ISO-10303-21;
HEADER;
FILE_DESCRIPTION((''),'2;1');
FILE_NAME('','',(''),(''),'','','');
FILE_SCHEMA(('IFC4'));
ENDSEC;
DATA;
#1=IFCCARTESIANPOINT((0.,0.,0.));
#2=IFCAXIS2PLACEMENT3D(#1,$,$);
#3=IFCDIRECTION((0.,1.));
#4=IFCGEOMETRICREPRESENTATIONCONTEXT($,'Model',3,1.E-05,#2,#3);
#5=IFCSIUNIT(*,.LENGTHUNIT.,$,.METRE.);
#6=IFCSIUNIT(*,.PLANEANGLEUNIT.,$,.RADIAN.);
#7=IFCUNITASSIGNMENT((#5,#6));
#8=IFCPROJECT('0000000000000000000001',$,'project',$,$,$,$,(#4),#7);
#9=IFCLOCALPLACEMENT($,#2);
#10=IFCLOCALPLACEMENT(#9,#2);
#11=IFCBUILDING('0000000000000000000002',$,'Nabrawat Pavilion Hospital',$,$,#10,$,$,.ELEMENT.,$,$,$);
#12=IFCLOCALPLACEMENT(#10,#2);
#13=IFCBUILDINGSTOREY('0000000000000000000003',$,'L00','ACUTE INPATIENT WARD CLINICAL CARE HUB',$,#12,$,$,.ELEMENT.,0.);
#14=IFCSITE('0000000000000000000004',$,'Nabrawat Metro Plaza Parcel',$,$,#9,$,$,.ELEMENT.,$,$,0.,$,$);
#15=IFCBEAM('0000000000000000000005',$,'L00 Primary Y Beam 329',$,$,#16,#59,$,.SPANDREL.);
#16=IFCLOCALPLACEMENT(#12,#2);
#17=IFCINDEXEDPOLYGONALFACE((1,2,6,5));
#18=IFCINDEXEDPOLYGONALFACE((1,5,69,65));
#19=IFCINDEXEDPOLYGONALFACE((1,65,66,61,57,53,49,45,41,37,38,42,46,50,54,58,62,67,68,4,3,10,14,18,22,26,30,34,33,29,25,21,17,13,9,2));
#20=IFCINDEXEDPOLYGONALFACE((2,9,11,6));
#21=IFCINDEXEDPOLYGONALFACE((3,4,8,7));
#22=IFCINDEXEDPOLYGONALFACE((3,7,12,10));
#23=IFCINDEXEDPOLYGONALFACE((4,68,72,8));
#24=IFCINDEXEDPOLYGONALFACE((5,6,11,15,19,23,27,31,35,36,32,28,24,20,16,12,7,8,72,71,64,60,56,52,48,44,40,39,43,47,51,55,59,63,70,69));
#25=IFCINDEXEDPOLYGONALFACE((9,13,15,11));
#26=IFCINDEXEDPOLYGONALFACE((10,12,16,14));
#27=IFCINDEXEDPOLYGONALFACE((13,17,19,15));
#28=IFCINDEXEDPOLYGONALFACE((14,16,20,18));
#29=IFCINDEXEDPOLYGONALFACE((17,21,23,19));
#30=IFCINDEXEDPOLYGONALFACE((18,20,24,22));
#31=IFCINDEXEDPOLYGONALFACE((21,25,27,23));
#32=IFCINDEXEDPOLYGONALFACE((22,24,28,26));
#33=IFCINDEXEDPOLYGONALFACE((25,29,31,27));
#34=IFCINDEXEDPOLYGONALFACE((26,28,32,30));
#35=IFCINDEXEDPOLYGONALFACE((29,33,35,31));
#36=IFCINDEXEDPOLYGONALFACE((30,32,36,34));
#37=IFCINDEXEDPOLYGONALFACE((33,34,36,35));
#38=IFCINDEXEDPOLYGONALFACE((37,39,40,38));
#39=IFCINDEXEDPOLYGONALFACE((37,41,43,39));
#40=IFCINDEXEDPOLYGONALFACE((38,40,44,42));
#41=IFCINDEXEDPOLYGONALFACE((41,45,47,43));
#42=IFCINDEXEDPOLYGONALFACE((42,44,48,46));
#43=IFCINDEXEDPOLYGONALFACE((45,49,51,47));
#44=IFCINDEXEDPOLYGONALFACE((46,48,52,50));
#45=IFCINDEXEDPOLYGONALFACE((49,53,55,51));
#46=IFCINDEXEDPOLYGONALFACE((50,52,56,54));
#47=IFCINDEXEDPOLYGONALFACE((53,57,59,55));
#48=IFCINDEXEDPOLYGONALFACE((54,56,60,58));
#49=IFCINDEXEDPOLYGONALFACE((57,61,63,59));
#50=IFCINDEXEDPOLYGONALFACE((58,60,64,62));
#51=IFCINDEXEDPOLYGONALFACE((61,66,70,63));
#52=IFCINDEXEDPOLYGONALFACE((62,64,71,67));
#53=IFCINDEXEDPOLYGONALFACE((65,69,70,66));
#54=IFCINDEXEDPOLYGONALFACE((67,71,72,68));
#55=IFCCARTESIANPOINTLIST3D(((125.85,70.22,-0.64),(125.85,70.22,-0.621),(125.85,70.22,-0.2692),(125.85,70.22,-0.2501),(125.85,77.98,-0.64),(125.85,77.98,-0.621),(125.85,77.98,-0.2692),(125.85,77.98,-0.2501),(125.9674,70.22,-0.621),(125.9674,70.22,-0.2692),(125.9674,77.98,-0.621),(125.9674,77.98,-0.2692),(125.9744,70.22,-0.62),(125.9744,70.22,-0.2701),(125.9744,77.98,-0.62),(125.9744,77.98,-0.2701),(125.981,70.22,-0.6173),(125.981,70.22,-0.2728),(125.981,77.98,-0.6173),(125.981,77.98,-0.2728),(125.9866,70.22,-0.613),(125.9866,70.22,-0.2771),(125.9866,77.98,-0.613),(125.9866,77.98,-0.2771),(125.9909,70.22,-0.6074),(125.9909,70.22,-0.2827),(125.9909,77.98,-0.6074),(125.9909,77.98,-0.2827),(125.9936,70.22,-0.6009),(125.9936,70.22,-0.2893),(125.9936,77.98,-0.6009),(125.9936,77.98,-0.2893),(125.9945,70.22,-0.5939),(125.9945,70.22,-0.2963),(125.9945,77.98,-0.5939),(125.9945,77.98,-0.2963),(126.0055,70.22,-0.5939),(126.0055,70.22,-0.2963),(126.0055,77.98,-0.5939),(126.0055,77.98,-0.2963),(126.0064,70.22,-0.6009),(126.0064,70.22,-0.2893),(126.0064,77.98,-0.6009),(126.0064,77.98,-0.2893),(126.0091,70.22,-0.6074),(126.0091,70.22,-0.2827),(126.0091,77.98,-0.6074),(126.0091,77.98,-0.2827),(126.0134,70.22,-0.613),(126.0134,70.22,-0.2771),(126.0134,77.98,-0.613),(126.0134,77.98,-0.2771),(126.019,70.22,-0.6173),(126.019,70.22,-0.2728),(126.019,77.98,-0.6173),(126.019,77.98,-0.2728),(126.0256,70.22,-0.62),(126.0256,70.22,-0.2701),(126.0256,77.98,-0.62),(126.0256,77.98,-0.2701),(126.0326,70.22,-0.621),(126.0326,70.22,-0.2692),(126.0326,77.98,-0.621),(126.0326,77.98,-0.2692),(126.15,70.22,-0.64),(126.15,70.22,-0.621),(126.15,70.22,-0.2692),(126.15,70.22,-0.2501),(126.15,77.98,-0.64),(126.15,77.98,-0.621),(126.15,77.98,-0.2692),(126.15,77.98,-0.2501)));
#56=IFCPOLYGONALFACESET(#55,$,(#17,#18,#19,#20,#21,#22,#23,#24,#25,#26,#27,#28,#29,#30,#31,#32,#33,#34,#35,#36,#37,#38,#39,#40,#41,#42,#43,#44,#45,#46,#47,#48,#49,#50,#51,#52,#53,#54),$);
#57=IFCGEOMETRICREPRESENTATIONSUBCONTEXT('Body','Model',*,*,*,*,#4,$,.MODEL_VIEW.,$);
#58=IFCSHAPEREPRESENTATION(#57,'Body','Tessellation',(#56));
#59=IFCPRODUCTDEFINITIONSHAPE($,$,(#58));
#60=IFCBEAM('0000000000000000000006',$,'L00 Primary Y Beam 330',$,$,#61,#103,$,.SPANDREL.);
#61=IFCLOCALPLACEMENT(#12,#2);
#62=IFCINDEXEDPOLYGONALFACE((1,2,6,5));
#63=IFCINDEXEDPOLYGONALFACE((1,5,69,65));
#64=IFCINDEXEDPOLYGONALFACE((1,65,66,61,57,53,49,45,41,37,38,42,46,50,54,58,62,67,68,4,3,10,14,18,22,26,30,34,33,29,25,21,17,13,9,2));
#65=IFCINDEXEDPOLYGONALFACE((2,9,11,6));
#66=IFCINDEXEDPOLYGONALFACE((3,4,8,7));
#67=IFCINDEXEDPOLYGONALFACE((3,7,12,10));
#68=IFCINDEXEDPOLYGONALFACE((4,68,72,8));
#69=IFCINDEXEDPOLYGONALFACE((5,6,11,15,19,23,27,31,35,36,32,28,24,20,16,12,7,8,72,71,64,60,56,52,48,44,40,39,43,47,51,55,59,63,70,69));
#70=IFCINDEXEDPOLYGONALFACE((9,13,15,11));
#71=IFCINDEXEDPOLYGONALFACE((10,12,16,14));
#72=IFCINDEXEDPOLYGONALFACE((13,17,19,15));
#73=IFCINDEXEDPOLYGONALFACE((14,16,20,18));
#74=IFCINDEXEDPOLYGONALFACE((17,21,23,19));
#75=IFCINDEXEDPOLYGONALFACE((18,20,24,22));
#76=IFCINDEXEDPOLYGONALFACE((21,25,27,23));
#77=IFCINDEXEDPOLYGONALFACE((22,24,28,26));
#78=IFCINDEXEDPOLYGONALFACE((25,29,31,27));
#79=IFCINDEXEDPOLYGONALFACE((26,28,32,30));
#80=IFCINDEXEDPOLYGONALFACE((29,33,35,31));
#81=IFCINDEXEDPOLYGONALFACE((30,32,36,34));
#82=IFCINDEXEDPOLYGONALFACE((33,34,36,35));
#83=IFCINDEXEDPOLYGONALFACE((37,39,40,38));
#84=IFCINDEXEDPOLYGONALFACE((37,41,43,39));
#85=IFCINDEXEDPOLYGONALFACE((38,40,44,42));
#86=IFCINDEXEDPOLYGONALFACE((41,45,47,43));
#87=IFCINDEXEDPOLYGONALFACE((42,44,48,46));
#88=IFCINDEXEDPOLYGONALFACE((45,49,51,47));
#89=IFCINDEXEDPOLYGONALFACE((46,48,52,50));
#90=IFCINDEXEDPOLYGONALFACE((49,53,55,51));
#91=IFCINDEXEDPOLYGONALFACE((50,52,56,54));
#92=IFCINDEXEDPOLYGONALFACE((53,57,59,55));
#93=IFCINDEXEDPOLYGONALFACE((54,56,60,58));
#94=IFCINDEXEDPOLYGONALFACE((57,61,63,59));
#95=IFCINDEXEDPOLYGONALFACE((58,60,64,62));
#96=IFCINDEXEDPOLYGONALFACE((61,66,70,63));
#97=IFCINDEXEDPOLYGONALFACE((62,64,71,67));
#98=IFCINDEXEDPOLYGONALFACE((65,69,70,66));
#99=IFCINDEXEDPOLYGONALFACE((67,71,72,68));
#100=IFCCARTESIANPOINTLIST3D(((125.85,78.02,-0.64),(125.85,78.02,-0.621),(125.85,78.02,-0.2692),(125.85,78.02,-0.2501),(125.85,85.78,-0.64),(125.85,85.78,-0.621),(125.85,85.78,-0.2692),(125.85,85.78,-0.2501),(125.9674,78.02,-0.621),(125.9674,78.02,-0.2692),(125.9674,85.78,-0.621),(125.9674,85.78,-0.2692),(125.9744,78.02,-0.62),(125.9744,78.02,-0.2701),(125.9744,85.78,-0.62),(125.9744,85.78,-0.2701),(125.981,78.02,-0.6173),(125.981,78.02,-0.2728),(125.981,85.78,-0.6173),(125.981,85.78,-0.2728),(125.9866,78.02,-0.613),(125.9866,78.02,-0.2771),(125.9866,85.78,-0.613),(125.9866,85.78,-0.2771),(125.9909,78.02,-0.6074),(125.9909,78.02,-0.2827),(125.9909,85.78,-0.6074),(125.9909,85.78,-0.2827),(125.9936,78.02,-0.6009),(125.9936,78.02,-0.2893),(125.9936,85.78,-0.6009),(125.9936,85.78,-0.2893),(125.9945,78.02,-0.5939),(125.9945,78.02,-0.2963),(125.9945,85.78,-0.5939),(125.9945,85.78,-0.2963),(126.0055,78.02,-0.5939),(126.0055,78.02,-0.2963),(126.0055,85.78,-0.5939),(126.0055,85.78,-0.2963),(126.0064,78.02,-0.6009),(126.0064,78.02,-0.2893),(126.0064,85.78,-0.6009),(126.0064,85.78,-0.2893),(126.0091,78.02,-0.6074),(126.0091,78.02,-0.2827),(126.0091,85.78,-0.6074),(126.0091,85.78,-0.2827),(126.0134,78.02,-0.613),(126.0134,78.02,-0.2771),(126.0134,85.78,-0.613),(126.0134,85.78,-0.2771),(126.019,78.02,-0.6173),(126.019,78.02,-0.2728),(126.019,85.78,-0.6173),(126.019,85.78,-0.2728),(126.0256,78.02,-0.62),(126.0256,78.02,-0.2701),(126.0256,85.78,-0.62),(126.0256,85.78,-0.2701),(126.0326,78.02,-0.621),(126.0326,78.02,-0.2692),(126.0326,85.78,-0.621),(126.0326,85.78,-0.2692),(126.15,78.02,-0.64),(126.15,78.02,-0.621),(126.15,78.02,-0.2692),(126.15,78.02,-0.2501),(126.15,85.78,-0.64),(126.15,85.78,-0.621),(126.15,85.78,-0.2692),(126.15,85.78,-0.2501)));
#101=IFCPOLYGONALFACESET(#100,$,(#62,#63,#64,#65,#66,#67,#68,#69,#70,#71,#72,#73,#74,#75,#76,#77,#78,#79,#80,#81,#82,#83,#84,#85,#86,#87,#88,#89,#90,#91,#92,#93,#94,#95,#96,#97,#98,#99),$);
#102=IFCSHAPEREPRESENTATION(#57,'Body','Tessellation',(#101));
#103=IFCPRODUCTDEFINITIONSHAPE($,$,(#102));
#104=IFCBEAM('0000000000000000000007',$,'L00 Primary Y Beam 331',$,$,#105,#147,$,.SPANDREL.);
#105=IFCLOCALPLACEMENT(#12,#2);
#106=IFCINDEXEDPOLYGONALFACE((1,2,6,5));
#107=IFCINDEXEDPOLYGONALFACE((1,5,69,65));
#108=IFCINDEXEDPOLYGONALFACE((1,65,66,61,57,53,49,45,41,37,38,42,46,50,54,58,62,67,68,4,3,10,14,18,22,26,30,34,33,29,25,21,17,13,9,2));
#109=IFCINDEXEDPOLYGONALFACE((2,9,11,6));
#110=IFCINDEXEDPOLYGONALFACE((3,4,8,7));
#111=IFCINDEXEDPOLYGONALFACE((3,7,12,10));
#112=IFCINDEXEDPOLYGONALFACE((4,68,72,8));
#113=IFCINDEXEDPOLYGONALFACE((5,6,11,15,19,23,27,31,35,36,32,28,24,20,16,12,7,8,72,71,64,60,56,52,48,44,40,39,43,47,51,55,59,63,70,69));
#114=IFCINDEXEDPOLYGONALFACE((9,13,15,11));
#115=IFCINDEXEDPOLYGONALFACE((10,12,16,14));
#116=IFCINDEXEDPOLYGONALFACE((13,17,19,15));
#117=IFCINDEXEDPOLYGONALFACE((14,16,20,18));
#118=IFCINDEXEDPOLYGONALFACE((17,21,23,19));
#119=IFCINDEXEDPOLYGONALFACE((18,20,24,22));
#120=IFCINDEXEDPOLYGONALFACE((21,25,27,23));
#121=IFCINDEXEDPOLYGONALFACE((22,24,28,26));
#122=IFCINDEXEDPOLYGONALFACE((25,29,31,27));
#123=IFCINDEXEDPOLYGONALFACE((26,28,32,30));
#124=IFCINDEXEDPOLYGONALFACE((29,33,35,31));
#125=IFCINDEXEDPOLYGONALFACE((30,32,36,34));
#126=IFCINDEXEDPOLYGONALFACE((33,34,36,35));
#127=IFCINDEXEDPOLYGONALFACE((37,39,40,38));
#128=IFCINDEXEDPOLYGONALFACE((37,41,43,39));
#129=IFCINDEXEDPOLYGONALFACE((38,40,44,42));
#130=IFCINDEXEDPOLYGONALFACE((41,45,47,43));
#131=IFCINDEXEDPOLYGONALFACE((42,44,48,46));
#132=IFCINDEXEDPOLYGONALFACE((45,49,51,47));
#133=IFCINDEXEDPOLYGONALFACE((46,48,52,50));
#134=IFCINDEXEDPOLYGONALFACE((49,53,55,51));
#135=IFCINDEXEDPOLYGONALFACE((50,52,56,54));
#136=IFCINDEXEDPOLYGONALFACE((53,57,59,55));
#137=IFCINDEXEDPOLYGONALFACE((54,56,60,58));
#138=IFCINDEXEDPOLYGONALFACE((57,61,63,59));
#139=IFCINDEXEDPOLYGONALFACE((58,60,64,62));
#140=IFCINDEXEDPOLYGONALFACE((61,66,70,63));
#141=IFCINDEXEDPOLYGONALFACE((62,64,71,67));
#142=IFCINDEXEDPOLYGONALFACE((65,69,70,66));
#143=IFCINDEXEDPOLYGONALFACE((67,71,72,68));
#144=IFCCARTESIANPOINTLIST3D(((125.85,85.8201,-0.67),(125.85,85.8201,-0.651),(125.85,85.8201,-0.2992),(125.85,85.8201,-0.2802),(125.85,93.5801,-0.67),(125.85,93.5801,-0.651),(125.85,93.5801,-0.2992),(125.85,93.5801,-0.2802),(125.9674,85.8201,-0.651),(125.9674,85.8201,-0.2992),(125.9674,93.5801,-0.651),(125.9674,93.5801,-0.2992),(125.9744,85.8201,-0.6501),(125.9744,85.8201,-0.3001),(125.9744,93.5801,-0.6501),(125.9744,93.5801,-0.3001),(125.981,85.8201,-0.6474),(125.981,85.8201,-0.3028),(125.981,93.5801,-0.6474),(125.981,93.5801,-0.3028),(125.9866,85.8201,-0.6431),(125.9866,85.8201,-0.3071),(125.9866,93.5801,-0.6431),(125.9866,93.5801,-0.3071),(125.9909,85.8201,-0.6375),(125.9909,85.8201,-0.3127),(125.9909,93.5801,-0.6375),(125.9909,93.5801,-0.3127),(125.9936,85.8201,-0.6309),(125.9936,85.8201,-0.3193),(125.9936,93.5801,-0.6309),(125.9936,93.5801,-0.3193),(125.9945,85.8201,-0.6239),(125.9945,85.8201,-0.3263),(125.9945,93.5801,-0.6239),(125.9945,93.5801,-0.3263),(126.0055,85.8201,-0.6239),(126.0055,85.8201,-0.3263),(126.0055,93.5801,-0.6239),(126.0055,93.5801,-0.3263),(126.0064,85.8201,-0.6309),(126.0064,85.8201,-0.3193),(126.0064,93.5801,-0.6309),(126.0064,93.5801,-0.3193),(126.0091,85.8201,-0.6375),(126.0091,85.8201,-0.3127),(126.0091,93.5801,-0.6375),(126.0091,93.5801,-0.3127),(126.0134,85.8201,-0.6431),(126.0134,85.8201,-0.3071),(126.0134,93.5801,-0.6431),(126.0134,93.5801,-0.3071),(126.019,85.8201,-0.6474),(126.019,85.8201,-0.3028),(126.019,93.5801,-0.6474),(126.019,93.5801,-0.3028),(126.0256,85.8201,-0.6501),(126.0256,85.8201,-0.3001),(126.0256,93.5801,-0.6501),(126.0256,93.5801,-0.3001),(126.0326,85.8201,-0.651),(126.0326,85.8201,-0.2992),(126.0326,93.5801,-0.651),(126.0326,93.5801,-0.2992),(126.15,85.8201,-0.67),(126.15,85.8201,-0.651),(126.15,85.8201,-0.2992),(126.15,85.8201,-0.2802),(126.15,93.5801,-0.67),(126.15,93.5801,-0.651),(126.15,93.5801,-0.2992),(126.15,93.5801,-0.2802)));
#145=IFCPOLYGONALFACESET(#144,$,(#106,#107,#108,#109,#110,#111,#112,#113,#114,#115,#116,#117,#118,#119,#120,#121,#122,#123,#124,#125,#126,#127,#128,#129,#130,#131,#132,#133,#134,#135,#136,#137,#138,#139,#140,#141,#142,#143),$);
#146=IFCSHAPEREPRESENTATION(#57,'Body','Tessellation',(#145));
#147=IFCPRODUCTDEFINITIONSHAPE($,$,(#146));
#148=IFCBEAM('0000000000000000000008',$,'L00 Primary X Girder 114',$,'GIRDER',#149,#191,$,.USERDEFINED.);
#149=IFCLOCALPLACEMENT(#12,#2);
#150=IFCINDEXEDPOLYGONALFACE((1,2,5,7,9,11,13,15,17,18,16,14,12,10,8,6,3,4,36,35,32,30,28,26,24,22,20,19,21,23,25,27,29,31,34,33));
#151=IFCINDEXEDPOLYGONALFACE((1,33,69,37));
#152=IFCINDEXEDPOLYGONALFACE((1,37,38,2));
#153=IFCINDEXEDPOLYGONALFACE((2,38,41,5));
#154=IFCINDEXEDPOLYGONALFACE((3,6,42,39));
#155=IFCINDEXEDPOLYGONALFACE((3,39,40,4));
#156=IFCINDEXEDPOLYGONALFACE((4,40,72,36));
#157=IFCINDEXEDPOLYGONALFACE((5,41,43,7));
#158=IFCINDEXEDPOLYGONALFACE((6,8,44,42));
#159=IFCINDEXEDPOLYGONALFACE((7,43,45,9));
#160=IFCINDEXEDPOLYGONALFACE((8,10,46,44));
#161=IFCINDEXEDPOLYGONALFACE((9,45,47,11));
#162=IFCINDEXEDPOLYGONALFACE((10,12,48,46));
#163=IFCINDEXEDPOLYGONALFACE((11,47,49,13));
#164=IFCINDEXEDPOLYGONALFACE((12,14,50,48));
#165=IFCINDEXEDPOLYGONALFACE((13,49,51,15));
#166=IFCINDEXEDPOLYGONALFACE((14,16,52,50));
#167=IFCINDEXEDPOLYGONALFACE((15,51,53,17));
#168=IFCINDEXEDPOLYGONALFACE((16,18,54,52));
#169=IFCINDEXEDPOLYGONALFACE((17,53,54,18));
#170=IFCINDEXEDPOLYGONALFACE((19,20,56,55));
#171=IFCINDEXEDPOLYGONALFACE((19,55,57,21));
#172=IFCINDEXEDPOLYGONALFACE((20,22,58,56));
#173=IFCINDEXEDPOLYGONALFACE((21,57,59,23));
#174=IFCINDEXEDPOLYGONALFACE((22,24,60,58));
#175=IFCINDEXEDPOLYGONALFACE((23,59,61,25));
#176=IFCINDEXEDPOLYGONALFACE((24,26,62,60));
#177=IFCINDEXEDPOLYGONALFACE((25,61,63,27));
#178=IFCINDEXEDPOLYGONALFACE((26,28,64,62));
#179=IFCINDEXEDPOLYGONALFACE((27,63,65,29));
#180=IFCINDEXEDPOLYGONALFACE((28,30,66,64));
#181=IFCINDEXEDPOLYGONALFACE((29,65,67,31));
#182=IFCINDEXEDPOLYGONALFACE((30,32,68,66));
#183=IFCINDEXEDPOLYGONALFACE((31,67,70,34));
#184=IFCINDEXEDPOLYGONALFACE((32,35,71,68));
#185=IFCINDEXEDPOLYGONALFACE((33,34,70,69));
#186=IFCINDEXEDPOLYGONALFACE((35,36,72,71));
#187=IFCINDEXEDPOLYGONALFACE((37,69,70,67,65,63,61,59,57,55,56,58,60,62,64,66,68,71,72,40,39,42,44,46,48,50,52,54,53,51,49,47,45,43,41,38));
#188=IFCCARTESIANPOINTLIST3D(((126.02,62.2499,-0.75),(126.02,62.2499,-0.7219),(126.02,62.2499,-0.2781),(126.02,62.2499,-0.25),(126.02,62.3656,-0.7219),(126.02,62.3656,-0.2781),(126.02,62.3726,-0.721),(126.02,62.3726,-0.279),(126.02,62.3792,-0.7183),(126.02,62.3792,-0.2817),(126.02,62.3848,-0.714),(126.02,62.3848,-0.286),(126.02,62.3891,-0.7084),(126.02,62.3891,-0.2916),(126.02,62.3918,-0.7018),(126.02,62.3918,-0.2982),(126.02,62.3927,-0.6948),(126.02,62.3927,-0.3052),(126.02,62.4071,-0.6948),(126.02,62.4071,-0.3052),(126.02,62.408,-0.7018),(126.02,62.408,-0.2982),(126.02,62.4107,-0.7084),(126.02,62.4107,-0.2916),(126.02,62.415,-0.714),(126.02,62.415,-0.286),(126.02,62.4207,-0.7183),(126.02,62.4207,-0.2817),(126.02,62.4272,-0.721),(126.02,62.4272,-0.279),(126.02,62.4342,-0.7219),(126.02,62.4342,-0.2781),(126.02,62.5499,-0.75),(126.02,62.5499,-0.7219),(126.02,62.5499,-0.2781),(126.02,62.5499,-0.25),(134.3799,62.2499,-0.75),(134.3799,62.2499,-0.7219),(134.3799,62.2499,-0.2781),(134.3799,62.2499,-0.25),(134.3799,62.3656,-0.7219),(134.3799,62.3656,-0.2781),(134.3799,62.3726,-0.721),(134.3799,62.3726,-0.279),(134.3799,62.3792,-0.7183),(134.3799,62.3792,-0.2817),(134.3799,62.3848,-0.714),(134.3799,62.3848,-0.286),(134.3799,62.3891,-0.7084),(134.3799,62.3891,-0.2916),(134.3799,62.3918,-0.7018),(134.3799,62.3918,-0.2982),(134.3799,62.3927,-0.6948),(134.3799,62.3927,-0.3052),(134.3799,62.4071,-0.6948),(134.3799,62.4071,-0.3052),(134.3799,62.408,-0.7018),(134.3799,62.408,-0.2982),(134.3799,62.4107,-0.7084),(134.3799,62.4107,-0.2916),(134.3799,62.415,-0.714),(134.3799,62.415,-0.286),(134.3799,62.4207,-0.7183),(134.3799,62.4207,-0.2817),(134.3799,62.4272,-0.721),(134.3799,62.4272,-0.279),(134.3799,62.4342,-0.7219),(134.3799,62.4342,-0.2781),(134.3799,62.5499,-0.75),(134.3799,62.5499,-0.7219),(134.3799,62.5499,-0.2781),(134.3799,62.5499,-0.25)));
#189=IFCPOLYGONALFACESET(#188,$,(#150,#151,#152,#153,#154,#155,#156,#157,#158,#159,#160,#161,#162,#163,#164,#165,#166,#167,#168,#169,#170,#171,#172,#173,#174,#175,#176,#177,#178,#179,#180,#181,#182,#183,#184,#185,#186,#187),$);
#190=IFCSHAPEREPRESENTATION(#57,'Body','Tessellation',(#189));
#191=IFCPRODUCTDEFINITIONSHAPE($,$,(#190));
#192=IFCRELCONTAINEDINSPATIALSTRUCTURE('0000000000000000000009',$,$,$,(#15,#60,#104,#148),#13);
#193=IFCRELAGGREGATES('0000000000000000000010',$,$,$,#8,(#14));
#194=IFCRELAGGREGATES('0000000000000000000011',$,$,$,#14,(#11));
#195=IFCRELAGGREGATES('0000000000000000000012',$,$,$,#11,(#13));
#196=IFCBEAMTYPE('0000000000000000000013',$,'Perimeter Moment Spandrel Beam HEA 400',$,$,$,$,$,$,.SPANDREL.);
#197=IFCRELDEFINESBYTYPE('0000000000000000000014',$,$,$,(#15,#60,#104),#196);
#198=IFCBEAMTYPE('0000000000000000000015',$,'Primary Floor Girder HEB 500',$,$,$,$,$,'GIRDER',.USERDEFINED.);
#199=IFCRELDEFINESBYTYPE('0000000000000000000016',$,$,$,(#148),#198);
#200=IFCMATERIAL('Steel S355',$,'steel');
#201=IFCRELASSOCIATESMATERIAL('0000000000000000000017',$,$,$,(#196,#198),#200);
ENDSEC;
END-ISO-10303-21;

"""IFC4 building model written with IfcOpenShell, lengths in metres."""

from ifc_helpers import new_model, si_unit, direction, frame, origin, origin_2d, place, context, subcontext, project, spatial, i_section, extrude, material, material_profile, profile_set, type_object, element, save


model = new_model("IFC4")

# Units and contexts
model_context = context("Model", 3, precision=1e-05, world=origin(), true_north=direction((0.0, 1.0)))
body_context = subcontext(model_context, "Body", "Model", "MODEL_VIEW")
ifc_project = project(units=[si_unit("LENGTHUNIT", "METRE"), si_unit("PLANEANGLEUNIT", "RADIAN")], contexts=[model_context])

# Site, building, storey
site_placement = place(None, origin())
site = spatial("IfcSite", under=ifc_project, at=site_placement, Name="Nabrawat Metro Plaza Parcel", CompositionType="ELEMENT", RefElevation=0.0)
building_placement = place(site_placement, origin())
building = spatial("IfcBuilding", under=site, at=building_placement, Name="Nabrawat Pavilion Hospital", CompositionType="ELEMENT")
storey_placement = place(building_placement, origin())
storey = spatial("IfcBuildingStorey", under=building, at=storey_placement, Name="L00", Description="ACUTE INPATIENT WARD CLINICAL CARE HUB", CompositionType="ELEMENT", Elevation=0.0)

# Shared definitions
ifc_material_1 = material(Name="Steel S355", Category="steel")

# Beams
ifc_material_profile_1 = material_profile(ifc_material_1, i_section(OverallWidth=0.3, OverallDepth=0.3899, WebThickness=0.011, FlangeThickness=0.019, FilletRadius=0.0271, at=origin_2d()), Name="HEA 400")
ifc_profile_set_1 = profile_set([ifc_material_profile_1], Name="Steel S355")
beam_type_1 = type_object("IfcBeamType", Name="Perimeter Moment Spandrel Beam HEA 400", PredefinedType="SPANDREL", material=ifc_profile_set_1)
for number, where, z_axis, x_axis, name in (
    (1, (126.0, 70.22, -0.4451), (0.0, 1.0, 0.0), (-1.0, 0.0, 0.0), "L00 Primary Y Beam 329"),
    (2, (126.0, 78.02, -0.4451), (0.0, 1.0, 0.0), (-1.0, 0.0, 0.0), "L00 Primary Y Beam 330"),
    (3, (126.0, 85.8201, -0.4751), (0.0, 1.0, 0.0), (-1.0, 0.0, 0.0), "L00 Primary Y Beam 331"),
):
    element("IfcBeam", number, at=place(storey_placement, frame(where, z_axis=z_axis, x_axis=x_axis)), inside=storey, type_object=beam_type_1, Name=name, PredefinedType="SPANDREL", context=body_context, shape_type="SweptSolid", body=[
        extrude(i_section(OverallWidth=0.3, OverallDepth=0.3899, WebThickness=0.011, FlangeThickness=0.019, FilletRadius=0.0271, at=origin_2d()), origin(), (0.0, 0.0, 1.0), 7.76),
    ])
ifc_material_profile_2 = material_profile(ifc_material_1, i_section(OverallWidth=0.3, OverallDepth=0.5, WebThickness=0.0144, FlangeThickness=0.0281, FilletRadius=0.0271, at=origin_2d()), Name="HEB 500")
ifc_profile_set_2 = profile_set([ifc_material_profile_2], Name="Steel S355")
beam_type_2 = type_object("IfcBeamType", Name="Primary Floor Girder HEB 500", ElementType="GIRDER", PredefinedType="USERDEFINED", material=ifc_profile_set_2)
for number, where, z_axis, x_axis, name in (
    (4, (126.02, 62.3999, -0.5), (1.0, 0.0, 0.0), (0.0, 1.0, 0.0), "L00 Primary X Girder 114"),
):
    element("IfcBeam", number, at=place(storey_placement, frame(where, z_axis=z_axis, x_axis=x_axis)), inside=storey, type_object=beam_type_2, Name=name, ObjectType="GIRDER", PredefinedType="USERDEFINED", context=body_context, shape_type="SweptSolid", body=[
        extrude(i_section(OverallWidth=0.3, OverallDepth=0.5, WebThickness=0.0144, FlangeThickness=0.0281, FilletRadius=0.0271, at=origin_2d()), origin(), (0.0, 0.0, 1.0), 8.3599),
    ])

save(model, "model.ifc")
